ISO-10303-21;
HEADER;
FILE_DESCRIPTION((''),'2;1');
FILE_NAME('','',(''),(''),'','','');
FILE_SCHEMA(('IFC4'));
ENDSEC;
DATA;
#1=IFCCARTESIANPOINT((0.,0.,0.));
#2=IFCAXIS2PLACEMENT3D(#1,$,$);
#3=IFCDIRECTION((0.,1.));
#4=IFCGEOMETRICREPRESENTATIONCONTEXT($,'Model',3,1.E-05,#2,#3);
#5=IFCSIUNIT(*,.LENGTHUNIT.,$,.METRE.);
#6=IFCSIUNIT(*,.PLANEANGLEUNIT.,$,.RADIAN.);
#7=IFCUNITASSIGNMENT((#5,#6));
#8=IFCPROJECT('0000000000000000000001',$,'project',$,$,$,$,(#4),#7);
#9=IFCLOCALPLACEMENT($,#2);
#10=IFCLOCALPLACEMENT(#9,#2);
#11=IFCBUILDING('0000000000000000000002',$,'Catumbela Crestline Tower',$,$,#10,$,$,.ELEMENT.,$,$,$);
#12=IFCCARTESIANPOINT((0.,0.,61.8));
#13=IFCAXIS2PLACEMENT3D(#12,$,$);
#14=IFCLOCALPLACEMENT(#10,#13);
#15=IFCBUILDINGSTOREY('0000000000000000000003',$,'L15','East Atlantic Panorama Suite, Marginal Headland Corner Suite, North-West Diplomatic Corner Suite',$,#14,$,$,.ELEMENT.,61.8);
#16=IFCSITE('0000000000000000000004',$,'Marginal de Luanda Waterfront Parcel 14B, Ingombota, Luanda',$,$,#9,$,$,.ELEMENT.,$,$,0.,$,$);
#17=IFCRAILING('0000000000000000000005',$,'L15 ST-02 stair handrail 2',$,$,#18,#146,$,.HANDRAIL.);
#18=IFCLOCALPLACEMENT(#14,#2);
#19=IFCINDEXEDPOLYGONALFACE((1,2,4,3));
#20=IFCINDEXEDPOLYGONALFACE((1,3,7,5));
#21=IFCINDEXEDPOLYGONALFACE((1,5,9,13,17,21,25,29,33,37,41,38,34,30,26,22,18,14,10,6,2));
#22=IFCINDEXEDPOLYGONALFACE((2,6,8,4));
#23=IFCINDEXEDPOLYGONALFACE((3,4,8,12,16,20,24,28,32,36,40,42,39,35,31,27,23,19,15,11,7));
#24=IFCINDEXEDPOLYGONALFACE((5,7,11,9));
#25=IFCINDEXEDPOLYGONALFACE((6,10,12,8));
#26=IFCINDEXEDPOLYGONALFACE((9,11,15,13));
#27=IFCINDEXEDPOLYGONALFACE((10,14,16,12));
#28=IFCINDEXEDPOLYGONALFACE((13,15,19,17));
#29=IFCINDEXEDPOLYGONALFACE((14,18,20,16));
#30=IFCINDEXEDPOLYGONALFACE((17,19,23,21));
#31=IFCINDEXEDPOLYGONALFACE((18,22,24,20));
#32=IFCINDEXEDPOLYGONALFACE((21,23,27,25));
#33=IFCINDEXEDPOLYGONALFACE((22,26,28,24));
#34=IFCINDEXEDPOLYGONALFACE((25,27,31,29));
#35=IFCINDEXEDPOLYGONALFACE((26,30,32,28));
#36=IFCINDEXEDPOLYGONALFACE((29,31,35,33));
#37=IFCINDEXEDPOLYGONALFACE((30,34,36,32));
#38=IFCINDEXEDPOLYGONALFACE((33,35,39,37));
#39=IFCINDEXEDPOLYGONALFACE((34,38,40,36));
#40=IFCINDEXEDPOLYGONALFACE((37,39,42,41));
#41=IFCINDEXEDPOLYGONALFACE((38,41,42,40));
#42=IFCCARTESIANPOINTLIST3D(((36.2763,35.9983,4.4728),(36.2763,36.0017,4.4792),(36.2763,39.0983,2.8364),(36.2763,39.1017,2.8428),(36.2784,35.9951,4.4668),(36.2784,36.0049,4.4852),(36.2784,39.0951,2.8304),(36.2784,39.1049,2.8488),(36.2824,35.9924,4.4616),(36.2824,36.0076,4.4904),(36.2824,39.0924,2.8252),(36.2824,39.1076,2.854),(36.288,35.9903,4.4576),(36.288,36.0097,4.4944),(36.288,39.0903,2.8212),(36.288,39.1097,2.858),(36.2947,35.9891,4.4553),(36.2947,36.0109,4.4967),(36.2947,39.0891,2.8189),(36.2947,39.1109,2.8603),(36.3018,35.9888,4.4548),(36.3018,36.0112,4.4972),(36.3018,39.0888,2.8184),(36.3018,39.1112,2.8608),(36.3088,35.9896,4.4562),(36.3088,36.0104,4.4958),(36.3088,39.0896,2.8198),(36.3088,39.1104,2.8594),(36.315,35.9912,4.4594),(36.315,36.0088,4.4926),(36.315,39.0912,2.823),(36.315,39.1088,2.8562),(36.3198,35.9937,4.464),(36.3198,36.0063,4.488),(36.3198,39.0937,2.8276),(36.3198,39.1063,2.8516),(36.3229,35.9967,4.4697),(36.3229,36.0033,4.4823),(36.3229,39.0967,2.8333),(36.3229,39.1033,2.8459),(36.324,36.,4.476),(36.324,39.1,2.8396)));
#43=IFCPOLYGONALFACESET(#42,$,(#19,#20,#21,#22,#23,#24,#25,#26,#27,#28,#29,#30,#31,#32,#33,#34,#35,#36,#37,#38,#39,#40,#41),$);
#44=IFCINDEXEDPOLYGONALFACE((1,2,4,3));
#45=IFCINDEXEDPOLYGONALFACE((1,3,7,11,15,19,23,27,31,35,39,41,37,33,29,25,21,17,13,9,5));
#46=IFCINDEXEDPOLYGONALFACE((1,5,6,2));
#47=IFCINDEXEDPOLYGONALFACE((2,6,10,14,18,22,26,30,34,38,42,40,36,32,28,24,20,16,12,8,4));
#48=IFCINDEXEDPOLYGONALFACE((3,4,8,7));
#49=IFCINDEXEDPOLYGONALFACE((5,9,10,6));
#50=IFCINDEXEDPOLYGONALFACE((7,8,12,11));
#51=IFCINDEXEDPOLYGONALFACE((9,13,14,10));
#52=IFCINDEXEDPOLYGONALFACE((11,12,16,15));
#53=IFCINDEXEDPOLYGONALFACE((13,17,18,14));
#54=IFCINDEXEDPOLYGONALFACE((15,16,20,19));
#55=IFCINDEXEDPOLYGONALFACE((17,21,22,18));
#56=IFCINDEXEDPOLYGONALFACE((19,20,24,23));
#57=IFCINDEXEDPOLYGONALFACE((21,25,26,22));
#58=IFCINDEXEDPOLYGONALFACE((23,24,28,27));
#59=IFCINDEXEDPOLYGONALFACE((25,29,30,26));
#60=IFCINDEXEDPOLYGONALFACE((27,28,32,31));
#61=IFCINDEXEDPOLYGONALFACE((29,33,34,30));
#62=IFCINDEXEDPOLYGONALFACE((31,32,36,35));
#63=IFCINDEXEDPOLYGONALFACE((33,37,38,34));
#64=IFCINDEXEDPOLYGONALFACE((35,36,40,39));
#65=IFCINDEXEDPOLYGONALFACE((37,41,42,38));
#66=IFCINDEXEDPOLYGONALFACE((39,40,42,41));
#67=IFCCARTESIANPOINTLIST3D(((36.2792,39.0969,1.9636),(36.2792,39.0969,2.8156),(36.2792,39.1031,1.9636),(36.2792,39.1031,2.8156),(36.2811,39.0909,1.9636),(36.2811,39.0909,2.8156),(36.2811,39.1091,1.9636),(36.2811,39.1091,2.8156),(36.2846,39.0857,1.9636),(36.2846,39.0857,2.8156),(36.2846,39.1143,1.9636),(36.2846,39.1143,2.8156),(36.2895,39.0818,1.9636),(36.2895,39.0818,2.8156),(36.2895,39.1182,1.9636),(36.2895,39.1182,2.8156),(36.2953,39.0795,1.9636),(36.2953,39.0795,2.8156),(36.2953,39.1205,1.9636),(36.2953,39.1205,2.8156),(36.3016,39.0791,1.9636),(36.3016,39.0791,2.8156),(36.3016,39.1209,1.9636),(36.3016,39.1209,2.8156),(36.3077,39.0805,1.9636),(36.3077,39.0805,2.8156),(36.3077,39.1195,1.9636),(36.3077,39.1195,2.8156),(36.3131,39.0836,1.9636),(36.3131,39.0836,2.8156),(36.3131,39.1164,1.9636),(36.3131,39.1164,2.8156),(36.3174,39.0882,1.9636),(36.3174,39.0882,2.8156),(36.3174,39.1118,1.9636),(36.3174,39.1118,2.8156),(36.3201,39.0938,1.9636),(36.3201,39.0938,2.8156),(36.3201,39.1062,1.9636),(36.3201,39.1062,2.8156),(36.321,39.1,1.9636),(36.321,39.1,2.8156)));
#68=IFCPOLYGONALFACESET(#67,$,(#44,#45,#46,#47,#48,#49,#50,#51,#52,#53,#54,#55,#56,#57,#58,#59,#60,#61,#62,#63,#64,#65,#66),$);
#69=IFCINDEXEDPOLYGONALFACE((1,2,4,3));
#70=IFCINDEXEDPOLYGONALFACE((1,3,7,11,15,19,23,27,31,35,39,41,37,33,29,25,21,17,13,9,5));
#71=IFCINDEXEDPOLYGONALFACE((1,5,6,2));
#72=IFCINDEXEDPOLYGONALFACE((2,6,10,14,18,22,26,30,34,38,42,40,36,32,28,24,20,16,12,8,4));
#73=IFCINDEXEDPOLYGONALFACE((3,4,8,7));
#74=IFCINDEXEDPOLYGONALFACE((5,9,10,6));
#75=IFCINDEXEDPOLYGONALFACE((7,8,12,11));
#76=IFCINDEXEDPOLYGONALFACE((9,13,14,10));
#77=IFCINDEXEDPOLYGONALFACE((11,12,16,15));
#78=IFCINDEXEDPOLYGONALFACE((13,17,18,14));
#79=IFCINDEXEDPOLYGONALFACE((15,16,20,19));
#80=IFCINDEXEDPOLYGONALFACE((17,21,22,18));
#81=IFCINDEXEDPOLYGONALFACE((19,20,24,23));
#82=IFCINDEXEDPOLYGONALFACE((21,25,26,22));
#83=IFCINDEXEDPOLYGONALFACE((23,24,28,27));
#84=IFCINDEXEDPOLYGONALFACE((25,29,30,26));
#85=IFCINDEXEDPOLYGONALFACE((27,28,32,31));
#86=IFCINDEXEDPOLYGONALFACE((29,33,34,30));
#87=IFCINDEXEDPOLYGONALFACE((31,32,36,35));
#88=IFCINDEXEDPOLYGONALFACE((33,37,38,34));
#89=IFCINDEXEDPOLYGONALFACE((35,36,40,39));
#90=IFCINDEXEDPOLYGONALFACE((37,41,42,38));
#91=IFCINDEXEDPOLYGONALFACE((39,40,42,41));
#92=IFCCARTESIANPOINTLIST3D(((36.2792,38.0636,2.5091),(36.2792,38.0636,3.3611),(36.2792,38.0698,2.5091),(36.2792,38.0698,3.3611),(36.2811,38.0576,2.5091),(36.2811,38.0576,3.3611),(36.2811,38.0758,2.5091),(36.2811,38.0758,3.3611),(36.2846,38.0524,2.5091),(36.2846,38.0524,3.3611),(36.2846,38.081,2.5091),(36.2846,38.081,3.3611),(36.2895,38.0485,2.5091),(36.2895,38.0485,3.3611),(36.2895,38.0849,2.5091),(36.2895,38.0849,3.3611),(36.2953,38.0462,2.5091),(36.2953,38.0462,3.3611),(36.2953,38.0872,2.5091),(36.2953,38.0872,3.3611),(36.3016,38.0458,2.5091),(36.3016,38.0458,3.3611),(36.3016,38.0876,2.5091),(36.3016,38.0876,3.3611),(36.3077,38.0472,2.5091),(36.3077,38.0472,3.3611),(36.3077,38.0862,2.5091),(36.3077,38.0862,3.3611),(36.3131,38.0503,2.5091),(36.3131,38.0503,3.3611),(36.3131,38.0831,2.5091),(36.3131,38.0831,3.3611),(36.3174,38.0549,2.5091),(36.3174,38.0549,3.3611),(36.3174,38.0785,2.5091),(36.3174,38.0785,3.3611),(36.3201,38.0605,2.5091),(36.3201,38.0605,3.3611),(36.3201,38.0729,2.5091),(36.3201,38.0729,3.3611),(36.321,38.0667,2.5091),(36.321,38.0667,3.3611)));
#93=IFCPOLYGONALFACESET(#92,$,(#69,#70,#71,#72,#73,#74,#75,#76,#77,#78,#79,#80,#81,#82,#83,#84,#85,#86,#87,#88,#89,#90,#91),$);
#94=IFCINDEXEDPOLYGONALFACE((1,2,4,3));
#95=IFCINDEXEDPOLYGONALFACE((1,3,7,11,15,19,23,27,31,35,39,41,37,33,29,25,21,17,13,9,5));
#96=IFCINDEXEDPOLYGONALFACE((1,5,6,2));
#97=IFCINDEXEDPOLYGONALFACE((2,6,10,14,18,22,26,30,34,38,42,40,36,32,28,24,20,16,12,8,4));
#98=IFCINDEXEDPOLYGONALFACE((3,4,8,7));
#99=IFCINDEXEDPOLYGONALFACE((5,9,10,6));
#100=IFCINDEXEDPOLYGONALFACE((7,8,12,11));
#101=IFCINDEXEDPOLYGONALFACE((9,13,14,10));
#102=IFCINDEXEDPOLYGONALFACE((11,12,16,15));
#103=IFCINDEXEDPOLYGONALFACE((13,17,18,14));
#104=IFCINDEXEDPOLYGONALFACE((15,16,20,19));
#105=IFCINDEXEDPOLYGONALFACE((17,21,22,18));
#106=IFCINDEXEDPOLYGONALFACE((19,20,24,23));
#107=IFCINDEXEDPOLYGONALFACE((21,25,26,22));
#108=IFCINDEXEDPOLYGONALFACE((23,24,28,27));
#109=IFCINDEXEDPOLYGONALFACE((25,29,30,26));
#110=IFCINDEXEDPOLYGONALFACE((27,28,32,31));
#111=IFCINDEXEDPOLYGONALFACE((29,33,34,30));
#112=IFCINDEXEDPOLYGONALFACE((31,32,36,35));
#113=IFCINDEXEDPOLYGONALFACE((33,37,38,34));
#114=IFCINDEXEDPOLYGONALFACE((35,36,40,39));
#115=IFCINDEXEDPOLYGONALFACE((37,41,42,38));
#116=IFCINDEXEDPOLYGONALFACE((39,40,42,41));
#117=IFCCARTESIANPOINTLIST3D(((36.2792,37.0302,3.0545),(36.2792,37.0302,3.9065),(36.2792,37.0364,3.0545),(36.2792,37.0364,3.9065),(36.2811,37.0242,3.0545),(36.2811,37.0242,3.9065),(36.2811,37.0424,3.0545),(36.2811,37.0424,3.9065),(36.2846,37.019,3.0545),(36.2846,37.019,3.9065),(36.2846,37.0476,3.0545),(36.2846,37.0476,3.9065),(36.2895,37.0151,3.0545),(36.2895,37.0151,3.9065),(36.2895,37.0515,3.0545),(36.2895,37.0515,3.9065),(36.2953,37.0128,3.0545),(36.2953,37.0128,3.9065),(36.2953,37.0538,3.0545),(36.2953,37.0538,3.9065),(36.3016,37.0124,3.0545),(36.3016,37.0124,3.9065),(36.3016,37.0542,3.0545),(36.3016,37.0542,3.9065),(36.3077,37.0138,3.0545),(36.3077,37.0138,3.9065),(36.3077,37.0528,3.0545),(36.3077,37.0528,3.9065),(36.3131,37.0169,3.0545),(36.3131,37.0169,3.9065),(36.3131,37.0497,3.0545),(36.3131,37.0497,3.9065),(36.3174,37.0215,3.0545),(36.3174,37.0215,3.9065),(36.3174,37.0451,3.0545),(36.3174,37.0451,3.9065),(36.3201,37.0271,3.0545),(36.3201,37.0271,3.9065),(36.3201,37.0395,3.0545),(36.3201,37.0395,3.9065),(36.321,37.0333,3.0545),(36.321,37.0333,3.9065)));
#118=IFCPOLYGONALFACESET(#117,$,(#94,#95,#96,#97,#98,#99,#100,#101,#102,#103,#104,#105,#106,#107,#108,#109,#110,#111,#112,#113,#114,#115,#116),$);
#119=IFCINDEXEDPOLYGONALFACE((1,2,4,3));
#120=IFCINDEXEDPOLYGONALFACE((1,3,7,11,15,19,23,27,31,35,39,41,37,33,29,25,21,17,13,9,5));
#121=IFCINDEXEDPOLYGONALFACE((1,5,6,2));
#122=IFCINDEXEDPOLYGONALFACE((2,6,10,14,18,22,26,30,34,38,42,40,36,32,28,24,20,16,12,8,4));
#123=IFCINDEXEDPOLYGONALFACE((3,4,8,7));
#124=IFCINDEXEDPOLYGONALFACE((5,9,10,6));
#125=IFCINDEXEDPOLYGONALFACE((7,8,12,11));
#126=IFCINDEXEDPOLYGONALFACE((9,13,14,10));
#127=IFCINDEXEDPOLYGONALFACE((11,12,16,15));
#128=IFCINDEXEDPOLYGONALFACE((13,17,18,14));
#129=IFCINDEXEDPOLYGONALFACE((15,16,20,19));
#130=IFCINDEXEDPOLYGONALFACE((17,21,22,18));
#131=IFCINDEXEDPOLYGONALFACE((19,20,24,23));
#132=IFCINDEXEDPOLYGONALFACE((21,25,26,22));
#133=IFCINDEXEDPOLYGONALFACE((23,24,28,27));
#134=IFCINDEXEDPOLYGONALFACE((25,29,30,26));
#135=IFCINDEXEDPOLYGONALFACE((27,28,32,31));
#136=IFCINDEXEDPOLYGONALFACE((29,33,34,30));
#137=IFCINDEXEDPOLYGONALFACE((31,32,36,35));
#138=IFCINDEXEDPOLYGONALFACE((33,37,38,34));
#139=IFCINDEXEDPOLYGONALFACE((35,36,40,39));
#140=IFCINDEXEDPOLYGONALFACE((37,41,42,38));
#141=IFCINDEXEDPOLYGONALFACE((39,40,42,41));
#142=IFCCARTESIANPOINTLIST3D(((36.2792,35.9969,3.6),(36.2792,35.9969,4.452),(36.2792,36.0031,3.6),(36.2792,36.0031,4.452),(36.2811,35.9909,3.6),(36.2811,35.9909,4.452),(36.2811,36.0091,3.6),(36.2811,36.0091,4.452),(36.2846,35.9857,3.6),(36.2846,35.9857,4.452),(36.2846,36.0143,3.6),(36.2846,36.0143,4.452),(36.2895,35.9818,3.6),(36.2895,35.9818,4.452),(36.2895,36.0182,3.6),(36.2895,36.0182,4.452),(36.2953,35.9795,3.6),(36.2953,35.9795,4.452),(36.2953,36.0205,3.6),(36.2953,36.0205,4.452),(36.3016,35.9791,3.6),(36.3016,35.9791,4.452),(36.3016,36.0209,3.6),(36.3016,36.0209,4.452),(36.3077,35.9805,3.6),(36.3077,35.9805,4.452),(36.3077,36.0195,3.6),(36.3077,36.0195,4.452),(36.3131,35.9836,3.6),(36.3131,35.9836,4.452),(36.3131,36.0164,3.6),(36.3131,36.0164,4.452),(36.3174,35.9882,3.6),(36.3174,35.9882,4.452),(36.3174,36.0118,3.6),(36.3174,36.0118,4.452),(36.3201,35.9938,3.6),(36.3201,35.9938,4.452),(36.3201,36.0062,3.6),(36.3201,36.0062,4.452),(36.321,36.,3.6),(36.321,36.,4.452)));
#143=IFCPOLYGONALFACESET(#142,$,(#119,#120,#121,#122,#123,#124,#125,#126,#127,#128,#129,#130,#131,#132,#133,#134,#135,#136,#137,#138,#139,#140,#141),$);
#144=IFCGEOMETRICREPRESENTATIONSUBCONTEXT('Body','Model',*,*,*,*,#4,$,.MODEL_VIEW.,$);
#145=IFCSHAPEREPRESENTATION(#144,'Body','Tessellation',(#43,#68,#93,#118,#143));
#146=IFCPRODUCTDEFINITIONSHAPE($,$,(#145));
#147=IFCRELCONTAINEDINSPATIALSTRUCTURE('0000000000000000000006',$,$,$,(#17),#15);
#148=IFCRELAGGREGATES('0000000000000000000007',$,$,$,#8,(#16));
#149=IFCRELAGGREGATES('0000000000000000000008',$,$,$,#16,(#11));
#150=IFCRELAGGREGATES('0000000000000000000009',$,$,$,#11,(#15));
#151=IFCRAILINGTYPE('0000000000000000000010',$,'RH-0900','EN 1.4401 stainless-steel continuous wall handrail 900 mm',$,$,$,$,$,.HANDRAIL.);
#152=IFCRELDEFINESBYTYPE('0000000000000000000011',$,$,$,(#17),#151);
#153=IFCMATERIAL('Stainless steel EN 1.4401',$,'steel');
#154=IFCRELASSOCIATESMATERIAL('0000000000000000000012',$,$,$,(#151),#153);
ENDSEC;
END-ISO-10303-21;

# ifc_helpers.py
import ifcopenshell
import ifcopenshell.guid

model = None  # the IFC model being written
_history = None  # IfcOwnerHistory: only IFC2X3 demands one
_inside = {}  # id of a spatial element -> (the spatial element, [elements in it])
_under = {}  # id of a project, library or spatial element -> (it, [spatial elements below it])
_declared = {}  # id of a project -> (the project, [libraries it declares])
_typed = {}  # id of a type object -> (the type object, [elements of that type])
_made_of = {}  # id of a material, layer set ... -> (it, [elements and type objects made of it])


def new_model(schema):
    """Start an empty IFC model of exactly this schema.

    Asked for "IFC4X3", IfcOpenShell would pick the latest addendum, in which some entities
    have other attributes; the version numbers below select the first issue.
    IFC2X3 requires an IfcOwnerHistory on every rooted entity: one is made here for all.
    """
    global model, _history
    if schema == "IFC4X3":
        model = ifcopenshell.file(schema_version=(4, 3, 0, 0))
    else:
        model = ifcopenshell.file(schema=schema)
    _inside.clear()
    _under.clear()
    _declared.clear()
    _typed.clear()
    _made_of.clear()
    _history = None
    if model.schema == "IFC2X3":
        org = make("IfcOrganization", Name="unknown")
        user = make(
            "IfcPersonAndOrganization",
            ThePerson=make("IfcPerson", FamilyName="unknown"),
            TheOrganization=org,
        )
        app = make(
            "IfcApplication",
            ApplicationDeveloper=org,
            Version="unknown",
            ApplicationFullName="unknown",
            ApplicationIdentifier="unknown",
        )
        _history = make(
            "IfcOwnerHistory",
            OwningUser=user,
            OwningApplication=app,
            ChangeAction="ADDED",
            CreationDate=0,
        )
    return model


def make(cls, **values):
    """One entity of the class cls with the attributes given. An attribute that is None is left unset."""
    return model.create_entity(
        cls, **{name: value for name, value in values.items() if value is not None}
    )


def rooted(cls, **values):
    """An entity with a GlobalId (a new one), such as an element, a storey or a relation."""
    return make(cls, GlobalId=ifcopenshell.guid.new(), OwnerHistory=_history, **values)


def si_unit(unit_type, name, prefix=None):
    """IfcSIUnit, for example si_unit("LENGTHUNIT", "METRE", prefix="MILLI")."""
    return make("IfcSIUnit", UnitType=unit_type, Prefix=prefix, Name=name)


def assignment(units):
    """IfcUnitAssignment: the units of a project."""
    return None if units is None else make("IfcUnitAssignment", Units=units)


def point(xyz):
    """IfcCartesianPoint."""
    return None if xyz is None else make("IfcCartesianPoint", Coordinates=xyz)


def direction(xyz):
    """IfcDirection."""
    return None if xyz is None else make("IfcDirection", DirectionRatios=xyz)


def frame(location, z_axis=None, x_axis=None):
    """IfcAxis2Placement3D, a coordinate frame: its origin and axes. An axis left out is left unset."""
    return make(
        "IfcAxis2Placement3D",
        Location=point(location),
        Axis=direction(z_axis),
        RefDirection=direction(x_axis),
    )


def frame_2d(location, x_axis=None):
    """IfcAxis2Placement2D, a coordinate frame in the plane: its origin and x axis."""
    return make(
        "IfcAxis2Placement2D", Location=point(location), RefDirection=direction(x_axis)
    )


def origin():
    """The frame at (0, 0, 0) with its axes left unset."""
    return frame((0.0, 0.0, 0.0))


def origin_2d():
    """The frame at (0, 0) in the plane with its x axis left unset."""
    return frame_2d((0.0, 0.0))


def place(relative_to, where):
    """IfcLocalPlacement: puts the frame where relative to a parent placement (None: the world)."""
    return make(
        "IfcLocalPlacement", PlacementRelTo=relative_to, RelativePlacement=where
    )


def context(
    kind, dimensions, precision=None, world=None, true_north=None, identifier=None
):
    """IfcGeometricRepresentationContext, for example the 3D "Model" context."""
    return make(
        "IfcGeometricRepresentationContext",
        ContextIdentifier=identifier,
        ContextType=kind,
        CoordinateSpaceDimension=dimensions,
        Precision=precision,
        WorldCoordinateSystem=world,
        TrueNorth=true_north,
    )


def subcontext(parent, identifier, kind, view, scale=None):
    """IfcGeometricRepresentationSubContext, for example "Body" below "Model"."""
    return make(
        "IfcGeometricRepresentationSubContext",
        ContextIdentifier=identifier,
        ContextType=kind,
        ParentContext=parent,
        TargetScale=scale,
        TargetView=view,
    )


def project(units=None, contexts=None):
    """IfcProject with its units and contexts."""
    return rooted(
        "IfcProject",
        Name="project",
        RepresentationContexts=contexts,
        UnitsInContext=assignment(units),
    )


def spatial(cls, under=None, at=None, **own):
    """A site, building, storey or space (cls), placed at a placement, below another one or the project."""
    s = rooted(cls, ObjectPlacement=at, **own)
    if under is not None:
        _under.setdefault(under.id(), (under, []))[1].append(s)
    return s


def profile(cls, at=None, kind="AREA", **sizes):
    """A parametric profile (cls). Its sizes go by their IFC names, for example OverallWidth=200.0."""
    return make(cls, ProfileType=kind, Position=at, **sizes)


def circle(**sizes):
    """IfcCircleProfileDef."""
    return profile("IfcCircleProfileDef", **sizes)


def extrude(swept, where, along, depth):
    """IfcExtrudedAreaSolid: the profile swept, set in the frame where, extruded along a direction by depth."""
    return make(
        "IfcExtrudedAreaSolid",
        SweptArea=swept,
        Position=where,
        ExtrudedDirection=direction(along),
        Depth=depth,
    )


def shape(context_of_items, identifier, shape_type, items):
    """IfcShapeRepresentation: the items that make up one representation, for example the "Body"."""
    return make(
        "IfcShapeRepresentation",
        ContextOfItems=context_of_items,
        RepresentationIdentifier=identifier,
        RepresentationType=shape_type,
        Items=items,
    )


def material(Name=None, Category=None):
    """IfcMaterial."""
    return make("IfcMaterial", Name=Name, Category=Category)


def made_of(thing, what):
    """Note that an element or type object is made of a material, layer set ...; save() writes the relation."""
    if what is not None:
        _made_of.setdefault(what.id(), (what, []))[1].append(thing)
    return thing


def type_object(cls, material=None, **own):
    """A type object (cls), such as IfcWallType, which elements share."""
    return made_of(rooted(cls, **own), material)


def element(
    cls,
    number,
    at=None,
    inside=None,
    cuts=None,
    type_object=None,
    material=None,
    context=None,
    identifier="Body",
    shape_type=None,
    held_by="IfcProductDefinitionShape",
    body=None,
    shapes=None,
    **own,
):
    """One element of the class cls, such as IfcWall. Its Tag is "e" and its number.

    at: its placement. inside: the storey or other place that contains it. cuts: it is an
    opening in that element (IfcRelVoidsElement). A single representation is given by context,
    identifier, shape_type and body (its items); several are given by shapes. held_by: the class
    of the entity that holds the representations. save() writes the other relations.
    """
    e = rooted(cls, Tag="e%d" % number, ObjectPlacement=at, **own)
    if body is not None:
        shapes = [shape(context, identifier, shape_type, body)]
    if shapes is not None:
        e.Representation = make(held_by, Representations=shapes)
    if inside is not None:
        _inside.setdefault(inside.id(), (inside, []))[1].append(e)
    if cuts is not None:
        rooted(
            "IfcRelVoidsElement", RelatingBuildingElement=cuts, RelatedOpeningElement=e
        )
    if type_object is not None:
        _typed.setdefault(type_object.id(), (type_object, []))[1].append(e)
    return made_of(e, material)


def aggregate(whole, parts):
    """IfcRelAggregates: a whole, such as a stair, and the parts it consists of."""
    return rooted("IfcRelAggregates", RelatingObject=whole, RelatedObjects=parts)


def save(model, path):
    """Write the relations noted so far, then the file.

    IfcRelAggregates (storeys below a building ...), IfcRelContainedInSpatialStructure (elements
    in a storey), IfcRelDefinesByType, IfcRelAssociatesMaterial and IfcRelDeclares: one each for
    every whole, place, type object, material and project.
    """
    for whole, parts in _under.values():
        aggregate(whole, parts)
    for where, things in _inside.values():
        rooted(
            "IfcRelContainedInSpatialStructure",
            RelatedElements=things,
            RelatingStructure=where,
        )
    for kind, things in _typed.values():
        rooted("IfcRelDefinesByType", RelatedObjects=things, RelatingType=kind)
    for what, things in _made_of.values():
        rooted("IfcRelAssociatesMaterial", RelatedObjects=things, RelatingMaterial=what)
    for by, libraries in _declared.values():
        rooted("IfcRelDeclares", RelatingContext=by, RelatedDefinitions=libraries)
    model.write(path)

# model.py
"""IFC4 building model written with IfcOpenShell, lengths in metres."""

from ifc_helpers import new_model, si_unit, direction, frame, origin, origin_2d, place, context, subcontext, project, spatial, circle, extrude, material, type_object, element, save


model = new_model("IFC4")

# Units and contexts
model_context = context("Model", 3, precision=1e-05, world=origin(), true_north=direction((0.0, 1.0)))
body_context = subcontext(model_context, "Body", "Model", "MODEL_VIEW")
ifc_project = project(units=[si_unit("LENGTHUNIT", "METRE"), si_unit("PLANEANGLEUNIT", "RADIAN")], contexts=[model_context])

# Site, building, storey
site_placement = place(None, origin())
site = spatial("IfcSite", under=ifc_project, at=site_placement, Name="Marginal de Luanda Waterfront Parcel 14B, Ingombota, Luanda", CompositionType="ELEMENT", RefElevation=0.0)
building_placement = place(site_placement, origin())
building = spatial("IfcBuilding", under=site, at=building_placement, Name="Catumbela Crestline Tower", CompositionType="ELEMENT")
storey_placement = place(building_placement, frame((0.0, 0.0, 61.8)))
storey = spatial("IfcBuildingStorey", under=building, at=storey_placement, Name="L15", Description="East Atlantic Panorama Suite, Marginal Headland Corner Suite, North-West Diplomatic Corner Suite", CompositionType="ELEMENT", Elevation=61.8)

# Shared definitions
ifc_material_1 = material(Name="Stainless steel EN 1.4401", Category="steel")

# Railing
railing_type_1 = type_object("IfcRailingType", Name="RH-0900", Description="EN 1.4401 stainless-steel continuous wall handrail 900 mm", PredefinedType="HANDRAIL", material=ifc_material_1)
railing_1_placement = place(storey_placement, frame((36.3, 39.1, 1.9636)))
element("IfcRailing", 1, at=railing_1_placement, inside=storey, type_object=railing_type_1, Name="L15 ST-02 stair handrail 2", PredefinedType="HANDRAIL", context=body_context, shape_type="SweptSolid", body=[
    extrude(circle(Radius=0.024, at=origin_2d()), frame((0.0, 0.0, 0.876), z_axis=(0.0, -0.884351, 0.466823), x_axis=(1.0, 0.0, 0.0)), (0.0, 0.0, 1.0), 3.5054),
    extrude(circle(Radius=0.021, at=origin_2d()), origin(), (0.0, 0.0, 1.0), 0.852),
    extrude(circle(Radius=0.021, at=origin_2d()), frame((0.0, -1.0333, 0.5455)), (0.0, 0.0, 1.0), 0.852),
    extrude(circle(Radius=0.021, at=origin_2d()), frame((0.0, -2.0667, 1.0909)), (0.0, 0.0, 1.0), 0.852),
    extrude(circle(Radius=0.021, at=origin_2d()), frame((0.0, -3.1, 1.6364)), (0.0, 0.0, 1.0), 0.852),
])

save(model, "model.ifc")
